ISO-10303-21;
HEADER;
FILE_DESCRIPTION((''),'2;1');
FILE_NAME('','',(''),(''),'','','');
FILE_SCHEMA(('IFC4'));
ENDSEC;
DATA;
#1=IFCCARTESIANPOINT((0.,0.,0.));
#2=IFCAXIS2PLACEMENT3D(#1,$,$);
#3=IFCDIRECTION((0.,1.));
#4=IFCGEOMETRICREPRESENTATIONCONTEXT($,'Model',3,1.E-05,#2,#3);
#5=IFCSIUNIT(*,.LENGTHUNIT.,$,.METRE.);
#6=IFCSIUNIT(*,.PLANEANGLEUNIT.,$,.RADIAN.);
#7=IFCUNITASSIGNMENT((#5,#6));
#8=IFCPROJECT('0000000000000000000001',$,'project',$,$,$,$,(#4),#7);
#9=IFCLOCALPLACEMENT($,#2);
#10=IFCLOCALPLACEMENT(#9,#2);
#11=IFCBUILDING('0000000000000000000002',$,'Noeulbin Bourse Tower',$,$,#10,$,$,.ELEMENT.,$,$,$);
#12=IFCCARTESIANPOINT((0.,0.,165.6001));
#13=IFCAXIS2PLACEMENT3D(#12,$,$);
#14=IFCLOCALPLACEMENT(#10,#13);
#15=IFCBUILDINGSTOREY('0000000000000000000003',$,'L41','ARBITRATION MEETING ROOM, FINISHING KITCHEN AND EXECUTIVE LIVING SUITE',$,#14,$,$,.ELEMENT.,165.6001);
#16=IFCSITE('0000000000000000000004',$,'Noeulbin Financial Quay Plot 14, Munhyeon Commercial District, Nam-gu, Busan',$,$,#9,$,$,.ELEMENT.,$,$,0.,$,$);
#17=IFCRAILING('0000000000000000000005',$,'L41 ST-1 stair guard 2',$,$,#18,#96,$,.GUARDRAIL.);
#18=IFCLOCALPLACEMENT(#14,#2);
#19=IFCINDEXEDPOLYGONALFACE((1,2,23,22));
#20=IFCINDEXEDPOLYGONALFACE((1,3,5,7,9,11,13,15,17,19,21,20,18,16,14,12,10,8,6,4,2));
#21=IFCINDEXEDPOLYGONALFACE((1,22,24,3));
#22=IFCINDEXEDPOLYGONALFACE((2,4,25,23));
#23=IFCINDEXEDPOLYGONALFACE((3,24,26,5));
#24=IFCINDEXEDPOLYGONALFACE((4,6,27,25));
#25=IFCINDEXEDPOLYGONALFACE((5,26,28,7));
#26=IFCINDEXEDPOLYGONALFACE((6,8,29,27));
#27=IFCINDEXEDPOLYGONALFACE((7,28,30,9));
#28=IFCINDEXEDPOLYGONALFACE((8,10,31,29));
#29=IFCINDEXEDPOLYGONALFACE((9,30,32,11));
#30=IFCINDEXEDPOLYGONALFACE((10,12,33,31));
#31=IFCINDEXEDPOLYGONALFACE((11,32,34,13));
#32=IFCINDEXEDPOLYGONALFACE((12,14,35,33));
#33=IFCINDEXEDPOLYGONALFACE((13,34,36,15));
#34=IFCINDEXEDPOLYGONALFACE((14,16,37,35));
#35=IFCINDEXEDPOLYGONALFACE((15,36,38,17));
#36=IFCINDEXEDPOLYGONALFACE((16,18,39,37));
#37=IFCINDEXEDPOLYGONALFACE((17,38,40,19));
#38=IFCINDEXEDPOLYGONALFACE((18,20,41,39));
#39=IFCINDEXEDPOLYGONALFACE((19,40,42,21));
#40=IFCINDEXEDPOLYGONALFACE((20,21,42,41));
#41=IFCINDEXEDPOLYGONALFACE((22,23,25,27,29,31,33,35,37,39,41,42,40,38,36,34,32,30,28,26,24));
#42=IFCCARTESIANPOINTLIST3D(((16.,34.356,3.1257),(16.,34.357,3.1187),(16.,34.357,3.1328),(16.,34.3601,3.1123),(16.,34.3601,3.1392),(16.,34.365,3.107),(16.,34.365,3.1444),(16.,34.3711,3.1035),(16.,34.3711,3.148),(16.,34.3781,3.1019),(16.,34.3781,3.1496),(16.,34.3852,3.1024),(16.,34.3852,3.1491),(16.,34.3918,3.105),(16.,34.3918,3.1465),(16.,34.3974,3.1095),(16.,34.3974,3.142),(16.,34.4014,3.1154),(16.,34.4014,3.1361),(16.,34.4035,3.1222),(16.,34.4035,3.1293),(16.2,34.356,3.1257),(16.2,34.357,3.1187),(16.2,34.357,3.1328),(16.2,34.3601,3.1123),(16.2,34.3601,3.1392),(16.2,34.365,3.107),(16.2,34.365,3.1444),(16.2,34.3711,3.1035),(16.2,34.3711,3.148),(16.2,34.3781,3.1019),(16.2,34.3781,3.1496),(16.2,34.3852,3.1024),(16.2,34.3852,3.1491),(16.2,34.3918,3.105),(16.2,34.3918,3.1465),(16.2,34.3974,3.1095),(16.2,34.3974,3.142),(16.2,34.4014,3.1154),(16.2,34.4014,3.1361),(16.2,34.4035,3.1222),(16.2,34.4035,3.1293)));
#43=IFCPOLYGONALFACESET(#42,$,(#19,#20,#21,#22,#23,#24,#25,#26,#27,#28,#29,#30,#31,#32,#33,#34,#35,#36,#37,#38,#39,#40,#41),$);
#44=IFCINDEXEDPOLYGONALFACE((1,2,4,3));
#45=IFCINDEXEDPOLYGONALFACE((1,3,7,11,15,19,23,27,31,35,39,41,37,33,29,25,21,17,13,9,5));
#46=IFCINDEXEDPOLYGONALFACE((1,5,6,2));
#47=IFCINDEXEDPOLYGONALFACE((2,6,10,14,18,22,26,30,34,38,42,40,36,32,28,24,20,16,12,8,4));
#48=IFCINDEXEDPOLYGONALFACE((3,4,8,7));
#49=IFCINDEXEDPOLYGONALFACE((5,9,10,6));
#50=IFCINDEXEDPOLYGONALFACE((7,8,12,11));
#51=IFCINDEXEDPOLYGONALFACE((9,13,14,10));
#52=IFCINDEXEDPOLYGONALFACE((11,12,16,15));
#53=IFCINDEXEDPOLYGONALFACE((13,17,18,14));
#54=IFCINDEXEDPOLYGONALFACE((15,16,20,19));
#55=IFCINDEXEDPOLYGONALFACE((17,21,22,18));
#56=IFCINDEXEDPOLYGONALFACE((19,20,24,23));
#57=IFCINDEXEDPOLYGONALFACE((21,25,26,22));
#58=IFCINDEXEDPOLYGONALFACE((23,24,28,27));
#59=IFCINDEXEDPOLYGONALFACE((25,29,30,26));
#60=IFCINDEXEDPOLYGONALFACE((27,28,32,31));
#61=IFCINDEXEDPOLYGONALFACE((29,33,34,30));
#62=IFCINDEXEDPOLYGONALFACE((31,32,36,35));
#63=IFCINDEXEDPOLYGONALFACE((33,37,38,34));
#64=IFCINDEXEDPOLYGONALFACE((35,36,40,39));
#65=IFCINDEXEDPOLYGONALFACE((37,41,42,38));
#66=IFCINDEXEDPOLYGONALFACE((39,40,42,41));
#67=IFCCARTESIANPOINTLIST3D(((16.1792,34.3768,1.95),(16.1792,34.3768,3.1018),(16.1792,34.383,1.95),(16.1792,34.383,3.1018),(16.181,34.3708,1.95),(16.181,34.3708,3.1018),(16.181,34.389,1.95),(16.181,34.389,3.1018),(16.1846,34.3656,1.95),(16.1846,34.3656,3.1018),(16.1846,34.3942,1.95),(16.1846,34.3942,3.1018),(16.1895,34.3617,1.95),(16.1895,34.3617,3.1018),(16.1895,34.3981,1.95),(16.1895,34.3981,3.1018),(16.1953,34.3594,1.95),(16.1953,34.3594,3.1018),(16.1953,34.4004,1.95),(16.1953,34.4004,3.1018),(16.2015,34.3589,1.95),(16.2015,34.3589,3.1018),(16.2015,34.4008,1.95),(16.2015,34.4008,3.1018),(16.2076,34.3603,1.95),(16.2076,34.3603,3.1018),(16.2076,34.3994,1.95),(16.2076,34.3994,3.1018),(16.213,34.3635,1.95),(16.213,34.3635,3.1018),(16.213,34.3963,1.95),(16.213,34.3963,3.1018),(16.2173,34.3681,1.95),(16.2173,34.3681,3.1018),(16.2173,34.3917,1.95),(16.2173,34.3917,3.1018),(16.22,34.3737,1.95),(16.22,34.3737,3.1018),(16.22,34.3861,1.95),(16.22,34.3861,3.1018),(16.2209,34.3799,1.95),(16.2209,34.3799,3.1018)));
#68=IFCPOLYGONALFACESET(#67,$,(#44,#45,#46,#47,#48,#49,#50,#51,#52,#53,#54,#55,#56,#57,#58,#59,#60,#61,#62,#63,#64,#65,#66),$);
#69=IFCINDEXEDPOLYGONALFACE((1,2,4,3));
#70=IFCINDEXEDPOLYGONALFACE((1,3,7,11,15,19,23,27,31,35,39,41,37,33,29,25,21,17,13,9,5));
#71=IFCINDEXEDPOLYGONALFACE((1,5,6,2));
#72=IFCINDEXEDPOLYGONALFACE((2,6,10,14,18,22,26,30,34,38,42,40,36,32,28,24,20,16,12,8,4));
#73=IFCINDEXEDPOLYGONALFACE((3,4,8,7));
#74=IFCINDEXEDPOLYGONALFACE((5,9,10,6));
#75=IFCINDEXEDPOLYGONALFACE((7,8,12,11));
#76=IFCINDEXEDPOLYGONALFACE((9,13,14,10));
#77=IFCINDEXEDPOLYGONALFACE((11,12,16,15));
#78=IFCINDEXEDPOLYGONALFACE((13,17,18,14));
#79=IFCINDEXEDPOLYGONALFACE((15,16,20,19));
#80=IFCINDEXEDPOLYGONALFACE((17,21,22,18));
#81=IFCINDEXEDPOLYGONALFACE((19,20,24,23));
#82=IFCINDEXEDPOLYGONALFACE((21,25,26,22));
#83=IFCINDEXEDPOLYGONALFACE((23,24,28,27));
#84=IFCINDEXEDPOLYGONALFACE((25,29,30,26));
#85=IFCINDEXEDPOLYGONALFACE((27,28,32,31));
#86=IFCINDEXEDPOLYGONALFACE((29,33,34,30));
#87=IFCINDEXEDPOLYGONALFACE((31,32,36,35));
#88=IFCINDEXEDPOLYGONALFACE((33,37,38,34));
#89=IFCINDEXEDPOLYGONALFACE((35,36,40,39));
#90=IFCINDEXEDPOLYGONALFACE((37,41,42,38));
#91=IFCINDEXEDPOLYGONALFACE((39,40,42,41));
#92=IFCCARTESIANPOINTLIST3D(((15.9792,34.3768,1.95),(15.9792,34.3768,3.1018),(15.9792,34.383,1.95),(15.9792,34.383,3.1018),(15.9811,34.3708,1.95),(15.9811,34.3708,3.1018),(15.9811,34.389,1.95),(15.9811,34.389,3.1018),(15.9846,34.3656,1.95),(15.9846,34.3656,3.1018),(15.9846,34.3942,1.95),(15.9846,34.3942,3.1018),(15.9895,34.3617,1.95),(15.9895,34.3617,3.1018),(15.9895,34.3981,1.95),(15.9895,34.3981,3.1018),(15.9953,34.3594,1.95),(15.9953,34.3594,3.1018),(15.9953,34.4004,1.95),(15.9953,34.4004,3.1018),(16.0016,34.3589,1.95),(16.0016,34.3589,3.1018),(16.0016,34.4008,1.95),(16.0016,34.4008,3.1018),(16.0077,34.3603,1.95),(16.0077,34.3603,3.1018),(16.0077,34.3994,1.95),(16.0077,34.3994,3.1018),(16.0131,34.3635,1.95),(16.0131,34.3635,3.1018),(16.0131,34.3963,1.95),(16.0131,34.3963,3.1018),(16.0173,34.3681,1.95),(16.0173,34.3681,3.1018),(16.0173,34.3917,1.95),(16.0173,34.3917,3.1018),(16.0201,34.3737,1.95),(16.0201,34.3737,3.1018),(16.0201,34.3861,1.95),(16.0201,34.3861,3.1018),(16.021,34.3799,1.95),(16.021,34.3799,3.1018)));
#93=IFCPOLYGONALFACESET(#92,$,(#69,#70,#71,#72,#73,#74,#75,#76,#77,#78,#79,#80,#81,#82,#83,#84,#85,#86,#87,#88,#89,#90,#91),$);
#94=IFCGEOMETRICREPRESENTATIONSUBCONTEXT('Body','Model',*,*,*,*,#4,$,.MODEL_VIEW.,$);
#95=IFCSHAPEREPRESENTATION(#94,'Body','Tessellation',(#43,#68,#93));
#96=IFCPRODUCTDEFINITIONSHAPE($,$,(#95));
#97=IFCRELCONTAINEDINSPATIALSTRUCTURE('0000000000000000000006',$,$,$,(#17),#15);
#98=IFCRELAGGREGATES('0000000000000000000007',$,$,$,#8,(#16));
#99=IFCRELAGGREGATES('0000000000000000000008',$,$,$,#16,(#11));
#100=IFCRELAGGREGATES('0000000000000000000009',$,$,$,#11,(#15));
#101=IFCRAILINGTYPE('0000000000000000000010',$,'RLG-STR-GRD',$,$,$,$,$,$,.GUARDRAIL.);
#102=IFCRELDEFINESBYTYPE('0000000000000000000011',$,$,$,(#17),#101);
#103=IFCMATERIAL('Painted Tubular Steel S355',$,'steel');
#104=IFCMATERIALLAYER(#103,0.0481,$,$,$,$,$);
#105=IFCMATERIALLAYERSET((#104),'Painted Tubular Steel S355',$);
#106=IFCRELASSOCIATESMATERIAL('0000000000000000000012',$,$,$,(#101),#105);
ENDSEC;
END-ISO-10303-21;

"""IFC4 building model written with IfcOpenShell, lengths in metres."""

from ifc_helpers import new_model, si_unit, direction, frame, origin, origin_2d, place, context, subcontext, project, spatial, circle, extrude, material, layer, layer_set, type_object, element, save


model = new_model("IFC4")

# Units and contexts
model_context = context("Model", 3, precision=1e-05, world=origin(), true_north=direction((0.0, 1.0)))
body_context = subcontext(model_context, "Body", "Model", "MODEL_VIEW")
ifc_project = project(units=[si_unit("LENGTHUNIT", "METRE"), si_unit("PLANEANGLEUNIT", "RADIAN")], contexts=[model_context])

# Site, building, storey
site_placement = place(None, origin())
site = spatial("IfcSite", under=ifc_project, at=site_placement, Name="Noeulbin Financial Quay Plot 14, Munhyeon Commercial District, Nam-gu, Busan", CompositionType="ELEMENT", RefElevation=0.0)
building_placement = place(site_placement, origin())
building = spatial("IfcBuilding", under=site, at=building_placement, Name="Noeulbin Bourse Tower", CompositionType="ELEMENT")
storey_placement = place(building_placement, frame((0.0, 0.0, 165.6001)))
storey = spatial("IfcBuildingStorey", under=building, at=storey_placement, Name="L41", Description="ARBITRATION MEETING ROOM, FINISHING KITCHEN AND EXECUTIVE LIVING SUITE", CompositionType="ELEMENT", Elevation=165.6001)

# Railing
ifc_material_1 = material(Name="Painted Tubular Steel S355", Category="steel")
ifc_layer_1 = layer(ifc_material_1, 0.0481)
ifc_layer_set_1 = layer_set([ifc_layer_1], Name="Painted Tubular Steel S355")
railing_type_1 = type_object("IfcRailingType", Name="RLG-STR-GRD", PredefinedType="GUARDRAIL", material=ifc_layer_set_1)
railing_1_placement = place(storey_placement, frame((16.2, 34.3799, 1.95)))
element("IfcRailing", 1, at=railing_1_placement, inside=storey, type_object=railing_type_1, Name="L41 ST-1 stair guard 2", PredefinedType="GUARDRAIL", context=body_context, shape_type="SweptSolid", body=[
    extrude(circle(Radius=0.0239, at=origin_2d()), frame((0.0, 0.0, 1.1758), z_axis=(-1.0, 0.0, 0.0), x_axis=(0.0, -1.0, 0.0)), (0.0, 0.0, 1.0), 0.2),
    extrude(circle(Radius=0.021, at=origin_2d()), origin(), (0.0, 0.0, 1.0), 1.1519),
    extrude(circle(Radius=0.021, at=origin_2d()), frame((-0.2, 0.0, 0.0)), (0.0, 0.0, 1.0), 1.1519),
])

save(model, "model.ifc")
